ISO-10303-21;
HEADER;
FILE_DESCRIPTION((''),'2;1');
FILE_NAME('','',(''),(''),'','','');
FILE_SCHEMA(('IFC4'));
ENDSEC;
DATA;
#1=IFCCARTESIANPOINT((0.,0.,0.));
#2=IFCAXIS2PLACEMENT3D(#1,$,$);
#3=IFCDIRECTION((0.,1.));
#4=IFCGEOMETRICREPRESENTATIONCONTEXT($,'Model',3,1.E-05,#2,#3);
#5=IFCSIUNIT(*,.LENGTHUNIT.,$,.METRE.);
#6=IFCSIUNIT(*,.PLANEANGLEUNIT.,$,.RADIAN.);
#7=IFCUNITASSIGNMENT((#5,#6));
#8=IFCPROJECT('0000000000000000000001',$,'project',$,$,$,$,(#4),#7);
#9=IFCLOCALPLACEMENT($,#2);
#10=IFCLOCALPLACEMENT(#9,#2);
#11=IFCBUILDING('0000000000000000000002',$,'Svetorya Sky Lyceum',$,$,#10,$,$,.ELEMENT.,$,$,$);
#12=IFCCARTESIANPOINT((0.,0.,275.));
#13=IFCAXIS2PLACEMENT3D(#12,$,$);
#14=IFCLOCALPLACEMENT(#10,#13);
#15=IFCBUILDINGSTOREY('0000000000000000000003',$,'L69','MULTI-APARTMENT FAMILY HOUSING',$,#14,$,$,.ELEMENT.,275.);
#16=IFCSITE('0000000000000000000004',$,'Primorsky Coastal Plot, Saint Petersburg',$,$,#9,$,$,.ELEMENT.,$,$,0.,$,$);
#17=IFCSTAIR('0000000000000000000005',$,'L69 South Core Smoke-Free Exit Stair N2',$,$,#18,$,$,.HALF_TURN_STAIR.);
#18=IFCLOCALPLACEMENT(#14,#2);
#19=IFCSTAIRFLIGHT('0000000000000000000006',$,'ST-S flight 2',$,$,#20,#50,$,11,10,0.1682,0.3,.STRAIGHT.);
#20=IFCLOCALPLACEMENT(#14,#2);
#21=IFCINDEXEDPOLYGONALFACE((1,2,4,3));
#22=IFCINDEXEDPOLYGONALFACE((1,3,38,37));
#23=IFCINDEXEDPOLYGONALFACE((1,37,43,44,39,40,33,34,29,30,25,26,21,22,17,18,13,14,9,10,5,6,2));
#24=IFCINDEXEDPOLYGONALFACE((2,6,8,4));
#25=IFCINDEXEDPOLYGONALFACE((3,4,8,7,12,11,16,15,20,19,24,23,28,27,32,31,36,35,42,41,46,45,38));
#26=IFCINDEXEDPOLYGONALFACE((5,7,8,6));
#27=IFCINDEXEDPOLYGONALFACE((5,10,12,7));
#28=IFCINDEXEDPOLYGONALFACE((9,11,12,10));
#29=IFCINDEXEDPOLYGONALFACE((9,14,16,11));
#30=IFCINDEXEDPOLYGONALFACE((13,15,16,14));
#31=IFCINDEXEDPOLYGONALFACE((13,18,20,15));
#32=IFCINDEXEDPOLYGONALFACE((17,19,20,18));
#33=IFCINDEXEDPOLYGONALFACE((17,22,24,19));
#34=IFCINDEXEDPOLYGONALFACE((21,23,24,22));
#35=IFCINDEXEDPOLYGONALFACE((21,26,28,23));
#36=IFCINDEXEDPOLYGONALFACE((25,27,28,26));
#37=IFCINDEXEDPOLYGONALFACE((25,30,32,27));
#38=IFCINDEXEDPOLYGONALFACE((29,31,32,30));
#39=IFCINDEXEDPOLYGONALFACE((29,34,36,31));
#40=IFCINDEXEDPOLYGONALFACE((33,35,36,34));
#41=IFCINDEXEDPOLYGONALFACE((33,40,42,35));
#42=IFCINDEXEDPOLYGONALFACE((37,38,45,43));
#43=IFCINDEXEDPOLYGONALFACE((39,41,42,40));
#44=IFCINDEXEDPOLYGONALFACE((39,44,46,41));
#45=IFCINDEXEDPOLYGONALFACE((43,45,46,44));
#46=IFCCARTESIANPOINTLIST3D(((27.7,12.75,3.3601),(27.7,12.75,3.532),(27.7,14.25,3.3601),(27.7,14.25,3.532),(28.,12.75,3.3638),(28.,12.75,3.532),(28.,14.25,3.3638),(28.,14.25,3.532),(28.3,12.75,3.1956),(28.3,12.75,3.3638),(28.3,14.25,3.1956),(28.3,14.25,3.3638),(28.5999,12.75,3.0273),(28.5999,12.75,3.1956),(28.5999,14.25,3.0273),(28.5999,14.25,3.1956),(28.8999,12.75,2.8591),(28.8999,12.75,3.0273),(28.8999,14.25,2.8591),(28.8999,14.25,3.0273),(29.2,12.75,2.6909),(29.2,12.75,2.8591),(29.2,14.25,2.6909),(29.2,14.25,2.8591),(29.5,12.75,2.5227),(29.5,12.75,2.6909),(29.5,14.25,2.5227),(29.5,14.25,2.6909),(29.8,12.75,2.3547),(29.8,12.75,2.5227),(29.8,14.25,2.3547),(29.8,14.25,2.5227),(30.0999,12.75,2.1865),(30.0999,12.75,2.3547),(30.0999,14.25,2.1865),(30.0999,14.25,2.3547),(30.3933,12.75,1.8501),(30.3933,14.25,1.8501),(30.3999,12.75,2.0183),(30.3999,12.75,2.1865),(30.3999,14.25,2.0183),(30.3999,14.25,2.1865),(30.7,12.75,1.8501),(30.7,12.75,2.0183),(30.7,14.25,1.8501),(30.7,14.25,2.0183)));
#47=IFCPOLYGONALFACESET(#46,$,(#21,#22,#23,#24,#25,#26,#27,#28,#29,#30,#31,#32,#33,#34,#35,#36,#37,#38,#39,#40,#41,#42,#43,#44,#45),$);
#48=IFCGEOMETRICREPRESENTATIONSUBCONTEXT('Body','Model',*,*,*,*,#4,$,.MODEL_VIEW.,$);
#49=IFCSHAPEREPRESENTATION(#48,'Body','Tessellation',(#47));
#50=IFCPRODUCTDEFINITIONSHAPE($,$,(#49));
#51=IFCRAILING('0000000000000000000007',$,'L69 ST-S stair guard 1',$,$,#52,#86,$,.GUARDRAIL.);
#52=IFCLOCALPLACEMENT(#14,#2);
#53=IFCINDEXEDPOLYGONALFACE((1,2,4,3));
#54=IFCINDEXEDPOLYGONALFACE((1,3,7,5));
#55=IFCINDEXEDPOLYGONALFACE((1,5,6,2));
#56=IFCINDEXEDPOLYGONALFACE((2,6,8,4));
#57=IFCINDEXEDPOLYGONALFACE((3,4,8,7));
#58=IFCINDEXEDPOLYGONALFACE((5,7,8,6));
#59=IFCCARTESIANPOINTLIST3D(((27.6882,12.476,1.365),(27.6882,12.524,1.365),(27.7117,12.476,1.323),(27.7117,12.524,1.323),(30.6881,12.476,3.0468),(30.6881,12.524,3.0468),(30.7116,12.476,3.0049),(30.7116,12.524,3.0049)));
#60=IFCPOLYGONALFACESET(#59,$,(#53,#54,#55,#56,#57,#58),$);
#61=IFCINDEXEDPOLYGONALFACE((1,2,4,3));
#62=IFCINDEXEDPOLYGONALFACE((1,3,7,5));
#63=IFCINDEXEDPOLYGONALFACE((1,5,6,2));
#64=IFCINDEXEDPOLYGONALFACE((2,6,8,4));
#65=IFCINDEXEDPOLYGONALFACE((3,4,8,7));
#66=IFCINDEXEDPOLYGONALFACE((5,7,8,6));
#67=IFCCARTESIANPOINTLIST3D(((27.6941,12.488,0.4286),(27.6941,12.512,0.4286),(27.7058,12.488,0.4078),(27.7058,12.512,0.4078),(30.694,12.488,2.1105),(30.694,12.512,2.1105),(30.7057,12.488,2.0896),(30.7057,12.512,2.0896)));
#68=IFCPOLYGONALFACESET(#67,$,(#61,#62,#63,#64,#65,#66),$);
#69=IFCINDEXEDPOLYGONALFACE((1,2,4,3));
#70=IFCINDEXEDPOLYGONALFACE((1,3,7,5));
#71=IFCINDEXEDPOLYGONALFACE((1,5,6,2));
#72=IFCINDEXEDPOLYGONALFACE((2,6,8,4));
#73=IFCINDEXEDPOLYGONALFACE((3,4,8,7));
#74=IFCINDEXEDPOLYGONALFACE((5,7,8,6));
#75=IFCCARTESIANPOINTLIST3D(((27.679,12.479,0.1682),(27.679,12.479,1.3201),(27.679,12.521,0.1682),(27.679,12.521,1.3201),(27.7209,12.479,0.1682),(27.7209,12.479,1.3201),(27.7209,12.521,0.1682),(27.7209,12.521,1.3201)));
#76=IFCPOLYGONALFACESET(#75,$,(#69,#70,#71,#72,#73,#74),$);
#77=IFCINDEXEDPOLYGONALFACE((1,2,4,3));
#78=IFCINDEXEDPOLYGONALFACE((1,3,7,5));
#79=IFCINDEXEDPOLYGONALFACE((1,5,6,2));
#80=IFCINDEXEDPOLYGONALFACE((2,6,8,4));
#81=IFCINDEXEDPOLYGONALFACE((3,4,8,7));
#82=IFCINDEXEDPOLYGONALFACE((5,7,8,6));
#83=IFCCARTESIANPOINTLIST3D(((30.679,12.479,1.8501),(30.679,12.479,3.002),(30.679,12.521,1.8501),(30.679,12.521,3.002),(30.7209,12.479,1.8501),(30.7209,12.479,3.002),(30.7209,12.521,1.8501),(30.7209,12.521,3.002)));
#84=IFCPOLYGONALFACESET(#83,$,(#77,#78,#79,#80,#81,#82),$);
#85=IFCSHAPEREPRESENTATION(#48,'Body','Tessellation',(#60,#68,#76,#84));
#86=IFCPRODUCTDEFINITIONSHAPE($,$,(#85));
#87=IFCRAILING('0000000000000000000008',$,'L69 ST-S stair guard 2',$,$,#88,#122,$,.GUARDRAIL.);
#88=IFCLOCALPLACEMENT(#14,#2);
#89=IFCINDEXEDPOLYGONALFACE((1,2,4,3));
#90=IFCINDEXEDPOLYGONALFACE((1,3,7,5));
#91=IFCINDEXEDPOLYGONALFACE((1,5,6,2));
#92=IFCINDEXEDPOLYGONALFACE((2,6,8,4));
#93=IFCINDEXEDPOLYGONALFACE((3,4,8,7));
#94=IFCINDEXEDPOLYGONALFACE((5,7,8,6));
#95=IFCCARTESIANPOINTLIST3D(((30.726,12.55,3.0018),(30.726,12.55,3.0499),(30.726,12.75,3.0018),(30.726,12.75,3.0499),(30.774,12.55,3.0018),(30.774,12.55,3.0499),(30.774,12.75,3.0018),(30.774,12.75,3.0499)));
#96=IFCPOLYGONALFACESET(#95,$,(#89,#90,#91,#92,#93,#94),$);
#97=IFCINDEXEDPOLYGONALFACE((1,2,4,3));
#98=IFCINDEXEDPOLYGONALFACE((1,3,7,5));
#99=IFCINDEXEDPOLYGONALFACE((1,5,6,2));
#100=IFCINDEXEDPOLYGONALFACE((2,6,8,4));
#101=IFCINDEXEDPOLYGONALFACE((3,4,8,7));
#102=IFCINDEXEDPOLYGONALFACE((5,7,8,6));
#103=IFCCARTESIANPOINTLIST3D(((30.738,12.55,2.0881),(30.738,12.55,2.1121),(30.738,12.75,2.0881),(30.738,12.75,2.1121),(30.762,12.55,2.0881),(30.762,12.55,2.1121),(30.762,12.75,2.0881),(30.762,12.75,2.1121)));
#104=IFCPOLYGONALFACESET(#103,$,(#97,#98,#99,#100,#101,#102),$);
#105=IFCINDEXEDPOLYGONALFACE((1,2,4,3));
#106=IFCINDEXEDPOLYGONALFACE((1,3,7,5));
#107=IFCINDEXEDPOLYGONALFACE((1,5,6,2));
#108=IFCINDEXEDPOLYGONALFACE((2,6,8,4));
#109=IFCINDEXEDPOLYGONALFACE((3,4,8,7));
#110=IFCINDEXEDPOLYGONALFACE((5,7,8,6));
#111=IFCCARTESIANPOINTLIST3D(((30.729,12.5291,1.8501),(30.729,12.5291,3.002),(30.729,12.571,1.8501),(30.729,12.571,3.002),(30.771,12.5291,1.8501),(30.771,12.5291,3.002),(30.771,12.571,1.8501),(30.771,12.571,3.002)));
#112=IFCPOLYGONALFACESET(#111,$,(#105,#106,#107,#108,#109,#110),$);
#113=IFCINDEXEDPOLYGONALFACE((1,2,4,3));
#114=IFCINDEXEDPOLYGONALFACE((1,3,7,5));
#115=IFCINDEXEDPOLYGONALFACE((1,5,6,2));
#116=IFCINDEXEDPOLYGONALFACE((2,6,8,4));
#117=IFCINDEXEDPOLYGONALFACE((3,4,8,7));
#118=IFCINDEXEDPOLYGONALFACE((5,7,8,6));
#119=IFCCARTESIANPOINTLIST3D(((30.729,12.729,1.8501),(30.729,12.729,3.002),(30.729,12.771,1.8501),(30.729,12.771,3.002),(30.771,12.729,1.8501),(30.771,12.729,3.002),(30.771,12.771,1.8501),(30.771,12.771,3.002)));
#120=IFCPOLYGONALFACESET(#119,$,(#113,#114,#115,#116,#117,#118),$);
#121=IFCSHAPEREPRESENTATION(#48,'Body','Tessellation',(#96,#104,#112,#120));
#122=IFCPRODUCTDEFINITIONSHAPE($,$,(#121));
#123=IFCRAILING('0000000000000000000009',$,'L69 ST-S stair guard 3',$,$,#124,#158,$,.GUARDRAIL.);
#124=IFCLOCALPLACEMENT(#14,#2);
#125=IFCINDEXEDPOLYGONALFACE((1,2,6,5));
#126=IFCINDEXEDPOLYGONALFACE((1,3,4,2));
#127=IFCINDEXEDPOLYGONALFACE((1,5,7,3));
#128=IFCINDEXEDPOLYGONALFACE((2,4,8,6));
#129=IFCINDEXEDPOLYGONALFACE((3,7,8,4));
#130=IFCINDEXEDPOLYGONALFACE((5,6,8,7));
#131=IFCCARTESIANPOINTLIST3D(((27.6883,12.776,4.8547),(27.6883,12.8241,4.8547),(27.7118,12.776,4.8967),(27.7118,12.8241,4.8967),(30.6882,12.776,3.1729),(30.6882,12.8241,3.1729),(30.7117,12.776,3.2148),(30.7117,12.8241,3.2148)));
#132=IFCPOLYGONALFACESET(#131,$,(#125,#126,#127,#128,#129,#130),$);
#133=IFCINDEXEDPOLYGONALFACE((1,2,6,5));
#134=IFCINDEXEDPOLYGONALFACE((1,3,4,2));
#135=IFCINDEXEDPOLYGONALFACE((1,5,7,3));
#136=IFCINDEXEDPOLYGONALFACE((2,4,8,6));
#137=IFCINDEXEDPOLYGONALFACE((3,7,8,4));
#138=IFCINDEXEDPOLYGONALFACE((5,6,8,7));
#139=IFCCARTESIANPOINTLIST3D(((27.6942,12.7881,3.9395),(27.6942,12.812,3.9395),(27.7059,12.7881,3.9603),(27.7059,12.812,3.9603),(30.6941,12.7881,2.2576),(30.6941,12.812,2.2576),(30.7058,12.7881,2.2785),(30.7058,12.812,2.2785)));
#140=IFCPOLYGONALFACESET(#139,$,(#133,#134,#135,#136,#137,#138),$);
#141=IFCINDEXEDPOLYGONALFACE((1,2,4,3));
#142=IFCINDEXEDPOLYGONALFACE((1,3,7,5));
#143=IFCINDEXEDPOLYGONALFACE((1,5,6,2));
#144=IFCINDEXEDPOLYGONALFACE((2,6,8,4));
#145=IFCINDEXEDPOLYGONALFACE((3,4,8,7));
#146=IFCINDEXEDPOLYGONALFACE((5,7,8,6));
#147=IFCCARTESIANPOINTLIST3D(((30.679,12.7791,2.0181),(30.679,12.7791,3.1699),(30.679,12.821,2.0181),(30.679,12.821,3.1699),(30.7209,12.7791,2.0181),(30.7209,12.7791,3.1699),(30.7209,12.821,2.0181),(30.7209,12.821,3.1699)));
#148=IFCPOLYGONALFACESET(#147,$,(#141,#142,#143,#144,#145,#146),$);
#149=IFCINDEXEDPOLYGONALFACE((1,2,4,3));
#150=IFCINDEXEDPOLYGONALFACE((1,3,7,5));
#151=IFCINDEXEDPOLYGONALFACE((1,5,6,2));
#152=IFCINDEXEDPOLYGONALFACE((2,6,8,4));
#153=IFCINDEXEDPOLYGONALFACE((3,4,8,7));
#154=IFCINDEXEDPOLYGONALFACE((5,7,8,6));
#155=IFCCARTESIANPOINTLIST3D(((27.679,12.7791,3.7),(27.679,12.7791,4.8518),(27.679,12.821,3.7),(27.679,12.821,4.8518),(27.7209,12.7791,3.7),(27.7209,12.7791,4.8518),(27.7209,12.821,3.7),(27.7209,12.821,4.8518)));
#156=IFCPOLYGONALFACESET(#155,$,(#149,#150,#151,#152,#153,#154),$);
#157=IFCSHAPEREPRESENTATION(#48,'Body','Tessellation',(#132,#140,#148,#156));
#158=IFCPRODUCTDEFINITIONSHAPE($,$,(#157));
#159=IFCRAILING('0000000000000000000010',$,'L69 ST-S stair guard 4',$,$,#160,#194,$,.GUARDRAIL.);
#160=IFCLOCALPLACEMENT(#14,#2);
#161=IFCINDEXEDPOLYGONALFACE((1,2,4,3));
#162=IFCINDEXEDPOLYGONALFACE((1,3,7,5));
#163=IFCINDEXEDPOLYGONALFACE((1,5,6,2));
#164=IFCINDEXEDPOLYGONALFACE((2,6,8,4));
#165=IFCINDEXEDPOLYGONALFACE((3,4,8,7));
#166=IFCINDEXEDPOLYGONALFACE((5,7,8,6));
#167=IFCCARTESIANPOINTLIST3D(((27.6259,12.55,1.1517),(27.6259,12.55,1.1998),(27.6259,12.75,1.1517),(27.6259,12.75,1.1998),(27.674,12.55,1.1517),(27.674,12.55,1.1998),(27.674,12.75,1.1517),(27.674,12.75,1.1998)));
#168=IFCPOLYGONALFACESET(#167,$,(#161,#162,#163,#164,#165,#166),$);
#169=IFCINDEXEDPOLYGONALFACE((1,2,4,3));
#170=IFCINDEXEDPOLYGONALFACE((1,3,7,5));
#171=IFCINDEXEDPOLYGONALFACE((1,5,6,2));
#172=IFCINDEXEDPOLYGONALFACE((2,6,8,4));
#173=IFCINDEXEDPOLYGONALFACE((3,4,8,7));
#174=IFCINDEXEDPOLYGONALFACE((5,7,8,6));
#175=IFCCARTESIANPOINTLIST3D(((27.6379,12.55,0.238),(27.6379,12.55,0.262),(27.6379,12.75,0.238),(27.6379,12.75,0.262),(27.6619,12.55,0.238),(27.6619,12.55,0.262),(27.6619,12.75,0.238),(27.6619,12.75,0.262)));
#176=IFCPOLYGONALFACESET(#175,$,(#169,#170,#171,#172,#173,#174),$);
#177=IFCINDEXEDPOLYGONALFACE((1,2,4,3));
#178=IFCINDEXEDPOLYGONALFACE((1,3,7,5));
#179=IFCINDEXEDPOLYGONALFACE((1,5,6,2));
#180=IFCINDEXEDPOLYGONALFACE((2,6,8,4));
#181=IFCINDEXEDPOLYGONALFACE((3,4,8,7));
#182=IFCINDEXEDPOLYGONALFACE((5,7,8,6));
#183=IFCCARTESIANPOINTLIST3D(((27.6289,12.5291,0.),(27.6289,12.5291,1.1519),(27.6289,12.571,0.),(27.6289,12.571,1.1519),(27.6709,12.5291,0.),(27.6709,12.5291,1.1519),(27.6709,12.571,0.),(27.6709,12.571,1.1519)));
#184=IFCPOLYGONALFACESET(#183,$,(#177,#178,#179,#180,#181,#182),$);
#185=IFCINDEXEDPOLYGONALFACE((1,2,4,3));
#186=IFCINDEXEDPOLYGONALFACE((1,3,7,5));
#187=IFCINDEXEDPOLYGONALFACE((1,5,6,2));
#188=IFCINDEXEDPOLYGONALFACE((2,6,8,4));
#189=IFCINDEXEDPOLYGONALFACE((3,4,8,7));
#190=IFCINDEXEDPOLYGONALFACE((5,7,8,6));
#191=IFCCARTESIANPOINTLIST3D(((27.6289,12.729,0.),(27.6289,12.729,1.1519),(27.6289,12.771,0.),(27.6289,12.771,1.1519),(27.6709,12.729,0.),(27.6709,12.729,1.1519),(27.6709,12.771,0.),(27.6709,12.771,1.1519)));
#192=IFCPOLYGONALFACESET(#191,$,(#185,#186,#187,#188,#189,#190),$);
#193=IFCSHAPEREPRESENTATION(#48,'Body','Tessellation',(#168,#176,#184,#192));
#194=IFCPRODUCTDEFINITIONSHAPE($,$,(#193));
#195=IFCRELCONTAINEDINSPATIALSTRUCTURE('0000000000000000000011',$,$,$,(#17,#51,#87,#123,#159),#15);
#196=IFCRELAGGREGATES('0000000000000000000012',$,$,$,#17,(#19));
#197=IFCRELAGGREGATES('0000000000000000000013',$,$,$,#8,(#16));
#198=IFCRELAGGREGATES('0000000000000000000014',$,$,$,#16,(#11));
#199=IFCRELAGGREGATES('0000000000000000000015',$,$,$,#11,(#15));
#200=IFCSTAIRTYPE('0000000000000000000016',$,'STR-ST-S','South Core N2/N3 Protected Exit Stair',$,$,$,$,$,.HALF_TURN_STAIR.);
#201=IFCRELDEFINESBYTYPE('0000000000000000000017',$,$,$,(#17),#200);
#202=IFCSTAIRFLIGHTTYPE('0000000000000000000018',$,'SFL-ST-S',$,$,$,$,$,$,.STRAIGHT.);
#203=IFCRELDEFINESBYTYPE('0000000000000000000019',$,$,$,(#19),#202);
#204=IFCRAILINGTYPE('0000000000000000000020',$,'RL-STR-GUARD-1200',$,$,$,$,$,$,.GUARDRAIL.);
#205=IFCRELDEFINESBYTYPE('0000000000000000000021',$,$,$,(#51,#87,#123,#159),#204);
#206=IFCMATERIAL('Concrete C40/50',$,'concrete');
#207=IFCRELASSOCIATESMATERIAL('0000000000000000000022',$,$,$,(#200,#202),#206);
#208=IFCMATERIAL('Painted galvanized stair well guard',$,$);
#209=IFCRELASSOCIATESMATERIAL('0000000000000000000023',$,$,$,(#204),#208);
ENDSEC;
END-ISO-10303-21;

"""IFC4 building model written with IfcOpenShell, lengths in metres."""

from ifc_helpers import new_model, si_unit, direction, frame, origin, origin_2d, place, context, subcontext, project, spatial, polyline, rectangle, outline, extrude, material, type_object, element, aggregate, save


model = new_model("IFC4")

# Units and contexts
model_context = context("Model", 3, precision=1e-05, world=origin(), true_north=direction((0.0, 1.0)))
body_context = subcontext(model_context, "Body", "Model", "MODEL_VIEW")
ifc_project = project(units=[si_unit("LENGTHUNIT", "METRE"), si_unit("PLANEANGLEUNIT", "RADIAN")], contexts=[model_context])

# Site, building, storey
site_placement = place(None, origin())
site = spatial("IfcSite", under=ifc_project, at=site_placement, Name="Primorsky Coastal Plot, Saint Petersburg", CompositionType="ELEMENT", RefElevation=0.0)
building_placement = place(site_placement, origin())
building = spatial("IfcBuilding", under=site, at=building_placement, Name="Svetorya Sky Lyceum", CompositionType="ELEMENT")
storey_placement = place(building_placement, frame((0.0, 0.0, 275.0)))
storey = spatial("IfcBuildingStorey", under=building, at=storey_placement, Name="L69", Description="MULTI-APARTMENT FAMILY HOUSING", CompositionType="ELEMENT", Elevation=275.0)

# Shared definitions
ifc_material_1 = material(Name="Concrete C40/50", Category="concrete")

# Stair, stair flight
stair_type = type_object("IfcStairType", Name="STR-ST-S", Description="South Core N2/N3 Protected Exit Stair", PredefinedType="HALF_TURN_STAIR", material=ifc_material_1)
stair_placement = place(storey_placement, origin())
stair = element("IfcStair", 1, at=stair_placement, inside=storey, type_object=stair_type, Name="L69 South Core Smoke-Free Exit Stair N2", PredefinedType="HALF_TURN_STAIR")
stair_flight_type = type_object("IfcStairFlightType", Name="SFL-ST-S", PredefinedType="STRAIGHT", material=ifc_material_1)
stair_flight_1_placement = place(storey_placement, frame((30.7, 13.5, 1.8501), z_axis=(0.0, 0.0, 1.0), x_axis=(-1.0, 0.0, 0.0)))
stair_flight_1 = element("IfcStairFlight", 2, at=stair_flight_1_placement, type_object=stair_flight_type, Name="ST-S flight 2", NumberOfRisers=11, NumberOfTreads=10, PredefinedType="STRAIGHT", RiserHeight=0.1682, TreadLength=0.3, context=body_context, shape_type="SweptSolid", body=[
    extrude(outline(polyline([(0.0, 0.0), (0.0, 0.1682), (0.3, 0.1682), (0.3, 0.3364), (0.6001, 0.3364), (0.6001, 0.5046), (0.8999, 0.5046), (0.8999, 0.6726), (1.2, 0.6726), (1.2, 0.8408), (1.5, 0.8408), (1.5, 1.009), (1.8, 1.009), (1.8, 1.1772), (2.1001, 1.1772), (2.1001, 1.3455), (2.3999, 1.3455), (2.3999, 1.5137), (2.7, 1.5137), (2.7, 1.6819), (3.0, 1.6819), (3.0, 1.8501), (3.0, 1.51), (0.3066, 0.0), (0.0, 0.0)])), frame((0.0, 0.75, 0.0), z_axis=(0.0, -1.0, 0.0), x_axis=(1.0, 0.0, 0.0)), (0.0, 0.0, 1.0), 1.5),
])
aggregate(stair, [stair_flight_1])

# Railings
ifc_material_2 = material(Name="Painted galvanized stair well guard")
railing_type_1 = type_object("IfcRailingType", Name="RL-STR-GUARD-1200", PredefinedType="GUARDRAIL", material=ifc_material_2)
railing_1_placement = place(storey_placement, frame((27.7, 12.5, 0.1682)))
element("IfcRailing", 3, at=railing_1_placement, inside=storey, type_object=railing_type_1, Name="L69 ST-S stair guard 1", PredefinedType="GUARDRAIL", context=body_context, shape_type="SweptSolid", body=[
    extrude(rectangle(XDim=0.0481, YDim=0.0481, at=origin_2d()), frame((0.0, 0.0, 1.1758), z_axis=(0.872272, 0.0, 0.48902), x_axis=(0.0, 1.0, 0.0)), (0.0, 0.0, 1.0), 3.4392),
    extrude(rectangle(XDim=0.0239, YDim=0.0239, at=origin_2d()), frame((0.0, 0.0, 0.25), z_axis=(0.872272, 0.0, 0.48902), x_axis=(0.0, 1.0, 0.0)), (0.0, 0.0, 1.0), 3.4392),
    extrude(rectangle(XDim=0.042, YDim=0.042, at=origin_2d()), origin(), (0.0, 0.0, 1.0), 1.1519),
    extrude(rectangle(XDim=0.042, YDim=0.042, at=origin_2d()), frame((3.0, 0.0, 1.6819)), (0.0, 0.0, 1.0), 1.1519),
])
railing_2_placement = place(storey_placement, frame((30.75, 12.55, 1.8501)))
element("IfcRailing", 4, at=railing_2_placement, inside=storey, type_object=railing_type_1, Name="L69 ST-S stair guard 2", PredefinedType="GUARDRAIL", context=body_context, shape_type="SweptSolid", body=[
    extrude(rectangle(XDim=0.0481, YDim=0.0481, at=origin_2d()), frame((0.0, 0.0, 1.1758), z_axis=(0.0, 1.0, 0.0), x_axis=(-1.0, 0.0, 0.0)), (0.0, 0.0, 1.0), 0.2),
    extrude(rectangle(XDim=0.0239, YDim=0.0239, at=origin_2d()), frame((0.0, 0.0, 0.25), z_axis=(0.0, 1.0, 0.0), x_axis=(-1.0, 0.0, 0.0)), (0.0, 0.0, 1.0), 0.2),
    extrude(rectangle(XDim=0.042, YDim=0.042, at=origin_2d()), origin(), (0.0, 0.0, 1.0), 1.1519),
    extrude(rectangle(XDim=0.042, YDim=0.042, at=origin_2d()), frame((0.0, 0.2, 0.0)), (0.0, 0.0, 1.0), 1.1519),
])
railing_3_placement = place(storey_placement, frame((30.7, 12.8, 2.0181)))
element("IfcRailing", 5, at=railing_3_placement, inside=storey, type_object=railing_type_1, Name="L69 ST-S stair guard 3", PredefinedType="GUARDRAIL", context=body_context, shape_type="SweptSolid", body=[
    extrude(rectangle(XDim=0.0481, YDim=0.0481, at=origin_2d()), frame((0.0, 0.0, 1.1758), z_axis=(-0.872272, 0.0, 0.48902), x_axis=(0.0, -1.0, 0.0)), (0.0, 0.0, 1.0), 3.4392),
    extrude(rectangle(XDim=0.0239, YDim=0.0239, at=origin_2d()), frame((0.0, 0.0, 0.25), z_axis=(-0.872272, 0.0, 0.48902), x_axis=(0.0, -1.0, 0.0)), (0.0, 0.0, 1.0), 3.4392),
    extrude(rectangle(XDim=0.042, YDim=0.042, at=origin_2d()), origin(), (0.0, 0.0, 1.0), 1.1519),
    extrude(rectangle(XDim=0.042, YDim=0.042, at=origin_2d()), frame((-3.0, 0.0, 1.6819)), (0.0, 0.0, 1.0), 1.1519),
])
railing_4_placement = place(storey_placement, frame((27.6499, 12.55, 0.0)))
element("IfcRailing", 6, at=railing_4_placement, inside=storey, type_object=railing_type_1, Name="L69 ST-S stair guard 4", PredefinedType="GUARDRAIL", context=body_context, shape_type="SweptSolid", body=[
    extrude(rectangle(XDim=0.0481, YDim=0.0481, at=origin_2d()), frame((0.0, 0.0, 1.1758), z_axis=(0.0, 1.0, 0.0), x_axis=(-1.0, 0.0, 0.0)), (0.0, 0.0, 1.0), 0.2),
    extrude(rectangle(XDim=0.0239, YDim=0.0239, at=origin_2d()), frame((0.0, 0.0, 0.25), z_axis=(0.0, 1.0, 0.0), x_axis=(-1.0, 0.0, 0.0)), (0.0, 0.0, 1.0), 0.2),
    extrude(rectangle(XDim=0.042, YDim=0.042, at=origin_2d()), origin(), (0.0, 0.0, 1.0), 1.1519),
    extrude(rectangle(XDim=0.042, YDim=0.042, at=origin_2d()), frame((0.0, 0.2, 0.0)), (0.0, 0.0, 1.0), 1.1519),
])

save(model, "model.ifc")
